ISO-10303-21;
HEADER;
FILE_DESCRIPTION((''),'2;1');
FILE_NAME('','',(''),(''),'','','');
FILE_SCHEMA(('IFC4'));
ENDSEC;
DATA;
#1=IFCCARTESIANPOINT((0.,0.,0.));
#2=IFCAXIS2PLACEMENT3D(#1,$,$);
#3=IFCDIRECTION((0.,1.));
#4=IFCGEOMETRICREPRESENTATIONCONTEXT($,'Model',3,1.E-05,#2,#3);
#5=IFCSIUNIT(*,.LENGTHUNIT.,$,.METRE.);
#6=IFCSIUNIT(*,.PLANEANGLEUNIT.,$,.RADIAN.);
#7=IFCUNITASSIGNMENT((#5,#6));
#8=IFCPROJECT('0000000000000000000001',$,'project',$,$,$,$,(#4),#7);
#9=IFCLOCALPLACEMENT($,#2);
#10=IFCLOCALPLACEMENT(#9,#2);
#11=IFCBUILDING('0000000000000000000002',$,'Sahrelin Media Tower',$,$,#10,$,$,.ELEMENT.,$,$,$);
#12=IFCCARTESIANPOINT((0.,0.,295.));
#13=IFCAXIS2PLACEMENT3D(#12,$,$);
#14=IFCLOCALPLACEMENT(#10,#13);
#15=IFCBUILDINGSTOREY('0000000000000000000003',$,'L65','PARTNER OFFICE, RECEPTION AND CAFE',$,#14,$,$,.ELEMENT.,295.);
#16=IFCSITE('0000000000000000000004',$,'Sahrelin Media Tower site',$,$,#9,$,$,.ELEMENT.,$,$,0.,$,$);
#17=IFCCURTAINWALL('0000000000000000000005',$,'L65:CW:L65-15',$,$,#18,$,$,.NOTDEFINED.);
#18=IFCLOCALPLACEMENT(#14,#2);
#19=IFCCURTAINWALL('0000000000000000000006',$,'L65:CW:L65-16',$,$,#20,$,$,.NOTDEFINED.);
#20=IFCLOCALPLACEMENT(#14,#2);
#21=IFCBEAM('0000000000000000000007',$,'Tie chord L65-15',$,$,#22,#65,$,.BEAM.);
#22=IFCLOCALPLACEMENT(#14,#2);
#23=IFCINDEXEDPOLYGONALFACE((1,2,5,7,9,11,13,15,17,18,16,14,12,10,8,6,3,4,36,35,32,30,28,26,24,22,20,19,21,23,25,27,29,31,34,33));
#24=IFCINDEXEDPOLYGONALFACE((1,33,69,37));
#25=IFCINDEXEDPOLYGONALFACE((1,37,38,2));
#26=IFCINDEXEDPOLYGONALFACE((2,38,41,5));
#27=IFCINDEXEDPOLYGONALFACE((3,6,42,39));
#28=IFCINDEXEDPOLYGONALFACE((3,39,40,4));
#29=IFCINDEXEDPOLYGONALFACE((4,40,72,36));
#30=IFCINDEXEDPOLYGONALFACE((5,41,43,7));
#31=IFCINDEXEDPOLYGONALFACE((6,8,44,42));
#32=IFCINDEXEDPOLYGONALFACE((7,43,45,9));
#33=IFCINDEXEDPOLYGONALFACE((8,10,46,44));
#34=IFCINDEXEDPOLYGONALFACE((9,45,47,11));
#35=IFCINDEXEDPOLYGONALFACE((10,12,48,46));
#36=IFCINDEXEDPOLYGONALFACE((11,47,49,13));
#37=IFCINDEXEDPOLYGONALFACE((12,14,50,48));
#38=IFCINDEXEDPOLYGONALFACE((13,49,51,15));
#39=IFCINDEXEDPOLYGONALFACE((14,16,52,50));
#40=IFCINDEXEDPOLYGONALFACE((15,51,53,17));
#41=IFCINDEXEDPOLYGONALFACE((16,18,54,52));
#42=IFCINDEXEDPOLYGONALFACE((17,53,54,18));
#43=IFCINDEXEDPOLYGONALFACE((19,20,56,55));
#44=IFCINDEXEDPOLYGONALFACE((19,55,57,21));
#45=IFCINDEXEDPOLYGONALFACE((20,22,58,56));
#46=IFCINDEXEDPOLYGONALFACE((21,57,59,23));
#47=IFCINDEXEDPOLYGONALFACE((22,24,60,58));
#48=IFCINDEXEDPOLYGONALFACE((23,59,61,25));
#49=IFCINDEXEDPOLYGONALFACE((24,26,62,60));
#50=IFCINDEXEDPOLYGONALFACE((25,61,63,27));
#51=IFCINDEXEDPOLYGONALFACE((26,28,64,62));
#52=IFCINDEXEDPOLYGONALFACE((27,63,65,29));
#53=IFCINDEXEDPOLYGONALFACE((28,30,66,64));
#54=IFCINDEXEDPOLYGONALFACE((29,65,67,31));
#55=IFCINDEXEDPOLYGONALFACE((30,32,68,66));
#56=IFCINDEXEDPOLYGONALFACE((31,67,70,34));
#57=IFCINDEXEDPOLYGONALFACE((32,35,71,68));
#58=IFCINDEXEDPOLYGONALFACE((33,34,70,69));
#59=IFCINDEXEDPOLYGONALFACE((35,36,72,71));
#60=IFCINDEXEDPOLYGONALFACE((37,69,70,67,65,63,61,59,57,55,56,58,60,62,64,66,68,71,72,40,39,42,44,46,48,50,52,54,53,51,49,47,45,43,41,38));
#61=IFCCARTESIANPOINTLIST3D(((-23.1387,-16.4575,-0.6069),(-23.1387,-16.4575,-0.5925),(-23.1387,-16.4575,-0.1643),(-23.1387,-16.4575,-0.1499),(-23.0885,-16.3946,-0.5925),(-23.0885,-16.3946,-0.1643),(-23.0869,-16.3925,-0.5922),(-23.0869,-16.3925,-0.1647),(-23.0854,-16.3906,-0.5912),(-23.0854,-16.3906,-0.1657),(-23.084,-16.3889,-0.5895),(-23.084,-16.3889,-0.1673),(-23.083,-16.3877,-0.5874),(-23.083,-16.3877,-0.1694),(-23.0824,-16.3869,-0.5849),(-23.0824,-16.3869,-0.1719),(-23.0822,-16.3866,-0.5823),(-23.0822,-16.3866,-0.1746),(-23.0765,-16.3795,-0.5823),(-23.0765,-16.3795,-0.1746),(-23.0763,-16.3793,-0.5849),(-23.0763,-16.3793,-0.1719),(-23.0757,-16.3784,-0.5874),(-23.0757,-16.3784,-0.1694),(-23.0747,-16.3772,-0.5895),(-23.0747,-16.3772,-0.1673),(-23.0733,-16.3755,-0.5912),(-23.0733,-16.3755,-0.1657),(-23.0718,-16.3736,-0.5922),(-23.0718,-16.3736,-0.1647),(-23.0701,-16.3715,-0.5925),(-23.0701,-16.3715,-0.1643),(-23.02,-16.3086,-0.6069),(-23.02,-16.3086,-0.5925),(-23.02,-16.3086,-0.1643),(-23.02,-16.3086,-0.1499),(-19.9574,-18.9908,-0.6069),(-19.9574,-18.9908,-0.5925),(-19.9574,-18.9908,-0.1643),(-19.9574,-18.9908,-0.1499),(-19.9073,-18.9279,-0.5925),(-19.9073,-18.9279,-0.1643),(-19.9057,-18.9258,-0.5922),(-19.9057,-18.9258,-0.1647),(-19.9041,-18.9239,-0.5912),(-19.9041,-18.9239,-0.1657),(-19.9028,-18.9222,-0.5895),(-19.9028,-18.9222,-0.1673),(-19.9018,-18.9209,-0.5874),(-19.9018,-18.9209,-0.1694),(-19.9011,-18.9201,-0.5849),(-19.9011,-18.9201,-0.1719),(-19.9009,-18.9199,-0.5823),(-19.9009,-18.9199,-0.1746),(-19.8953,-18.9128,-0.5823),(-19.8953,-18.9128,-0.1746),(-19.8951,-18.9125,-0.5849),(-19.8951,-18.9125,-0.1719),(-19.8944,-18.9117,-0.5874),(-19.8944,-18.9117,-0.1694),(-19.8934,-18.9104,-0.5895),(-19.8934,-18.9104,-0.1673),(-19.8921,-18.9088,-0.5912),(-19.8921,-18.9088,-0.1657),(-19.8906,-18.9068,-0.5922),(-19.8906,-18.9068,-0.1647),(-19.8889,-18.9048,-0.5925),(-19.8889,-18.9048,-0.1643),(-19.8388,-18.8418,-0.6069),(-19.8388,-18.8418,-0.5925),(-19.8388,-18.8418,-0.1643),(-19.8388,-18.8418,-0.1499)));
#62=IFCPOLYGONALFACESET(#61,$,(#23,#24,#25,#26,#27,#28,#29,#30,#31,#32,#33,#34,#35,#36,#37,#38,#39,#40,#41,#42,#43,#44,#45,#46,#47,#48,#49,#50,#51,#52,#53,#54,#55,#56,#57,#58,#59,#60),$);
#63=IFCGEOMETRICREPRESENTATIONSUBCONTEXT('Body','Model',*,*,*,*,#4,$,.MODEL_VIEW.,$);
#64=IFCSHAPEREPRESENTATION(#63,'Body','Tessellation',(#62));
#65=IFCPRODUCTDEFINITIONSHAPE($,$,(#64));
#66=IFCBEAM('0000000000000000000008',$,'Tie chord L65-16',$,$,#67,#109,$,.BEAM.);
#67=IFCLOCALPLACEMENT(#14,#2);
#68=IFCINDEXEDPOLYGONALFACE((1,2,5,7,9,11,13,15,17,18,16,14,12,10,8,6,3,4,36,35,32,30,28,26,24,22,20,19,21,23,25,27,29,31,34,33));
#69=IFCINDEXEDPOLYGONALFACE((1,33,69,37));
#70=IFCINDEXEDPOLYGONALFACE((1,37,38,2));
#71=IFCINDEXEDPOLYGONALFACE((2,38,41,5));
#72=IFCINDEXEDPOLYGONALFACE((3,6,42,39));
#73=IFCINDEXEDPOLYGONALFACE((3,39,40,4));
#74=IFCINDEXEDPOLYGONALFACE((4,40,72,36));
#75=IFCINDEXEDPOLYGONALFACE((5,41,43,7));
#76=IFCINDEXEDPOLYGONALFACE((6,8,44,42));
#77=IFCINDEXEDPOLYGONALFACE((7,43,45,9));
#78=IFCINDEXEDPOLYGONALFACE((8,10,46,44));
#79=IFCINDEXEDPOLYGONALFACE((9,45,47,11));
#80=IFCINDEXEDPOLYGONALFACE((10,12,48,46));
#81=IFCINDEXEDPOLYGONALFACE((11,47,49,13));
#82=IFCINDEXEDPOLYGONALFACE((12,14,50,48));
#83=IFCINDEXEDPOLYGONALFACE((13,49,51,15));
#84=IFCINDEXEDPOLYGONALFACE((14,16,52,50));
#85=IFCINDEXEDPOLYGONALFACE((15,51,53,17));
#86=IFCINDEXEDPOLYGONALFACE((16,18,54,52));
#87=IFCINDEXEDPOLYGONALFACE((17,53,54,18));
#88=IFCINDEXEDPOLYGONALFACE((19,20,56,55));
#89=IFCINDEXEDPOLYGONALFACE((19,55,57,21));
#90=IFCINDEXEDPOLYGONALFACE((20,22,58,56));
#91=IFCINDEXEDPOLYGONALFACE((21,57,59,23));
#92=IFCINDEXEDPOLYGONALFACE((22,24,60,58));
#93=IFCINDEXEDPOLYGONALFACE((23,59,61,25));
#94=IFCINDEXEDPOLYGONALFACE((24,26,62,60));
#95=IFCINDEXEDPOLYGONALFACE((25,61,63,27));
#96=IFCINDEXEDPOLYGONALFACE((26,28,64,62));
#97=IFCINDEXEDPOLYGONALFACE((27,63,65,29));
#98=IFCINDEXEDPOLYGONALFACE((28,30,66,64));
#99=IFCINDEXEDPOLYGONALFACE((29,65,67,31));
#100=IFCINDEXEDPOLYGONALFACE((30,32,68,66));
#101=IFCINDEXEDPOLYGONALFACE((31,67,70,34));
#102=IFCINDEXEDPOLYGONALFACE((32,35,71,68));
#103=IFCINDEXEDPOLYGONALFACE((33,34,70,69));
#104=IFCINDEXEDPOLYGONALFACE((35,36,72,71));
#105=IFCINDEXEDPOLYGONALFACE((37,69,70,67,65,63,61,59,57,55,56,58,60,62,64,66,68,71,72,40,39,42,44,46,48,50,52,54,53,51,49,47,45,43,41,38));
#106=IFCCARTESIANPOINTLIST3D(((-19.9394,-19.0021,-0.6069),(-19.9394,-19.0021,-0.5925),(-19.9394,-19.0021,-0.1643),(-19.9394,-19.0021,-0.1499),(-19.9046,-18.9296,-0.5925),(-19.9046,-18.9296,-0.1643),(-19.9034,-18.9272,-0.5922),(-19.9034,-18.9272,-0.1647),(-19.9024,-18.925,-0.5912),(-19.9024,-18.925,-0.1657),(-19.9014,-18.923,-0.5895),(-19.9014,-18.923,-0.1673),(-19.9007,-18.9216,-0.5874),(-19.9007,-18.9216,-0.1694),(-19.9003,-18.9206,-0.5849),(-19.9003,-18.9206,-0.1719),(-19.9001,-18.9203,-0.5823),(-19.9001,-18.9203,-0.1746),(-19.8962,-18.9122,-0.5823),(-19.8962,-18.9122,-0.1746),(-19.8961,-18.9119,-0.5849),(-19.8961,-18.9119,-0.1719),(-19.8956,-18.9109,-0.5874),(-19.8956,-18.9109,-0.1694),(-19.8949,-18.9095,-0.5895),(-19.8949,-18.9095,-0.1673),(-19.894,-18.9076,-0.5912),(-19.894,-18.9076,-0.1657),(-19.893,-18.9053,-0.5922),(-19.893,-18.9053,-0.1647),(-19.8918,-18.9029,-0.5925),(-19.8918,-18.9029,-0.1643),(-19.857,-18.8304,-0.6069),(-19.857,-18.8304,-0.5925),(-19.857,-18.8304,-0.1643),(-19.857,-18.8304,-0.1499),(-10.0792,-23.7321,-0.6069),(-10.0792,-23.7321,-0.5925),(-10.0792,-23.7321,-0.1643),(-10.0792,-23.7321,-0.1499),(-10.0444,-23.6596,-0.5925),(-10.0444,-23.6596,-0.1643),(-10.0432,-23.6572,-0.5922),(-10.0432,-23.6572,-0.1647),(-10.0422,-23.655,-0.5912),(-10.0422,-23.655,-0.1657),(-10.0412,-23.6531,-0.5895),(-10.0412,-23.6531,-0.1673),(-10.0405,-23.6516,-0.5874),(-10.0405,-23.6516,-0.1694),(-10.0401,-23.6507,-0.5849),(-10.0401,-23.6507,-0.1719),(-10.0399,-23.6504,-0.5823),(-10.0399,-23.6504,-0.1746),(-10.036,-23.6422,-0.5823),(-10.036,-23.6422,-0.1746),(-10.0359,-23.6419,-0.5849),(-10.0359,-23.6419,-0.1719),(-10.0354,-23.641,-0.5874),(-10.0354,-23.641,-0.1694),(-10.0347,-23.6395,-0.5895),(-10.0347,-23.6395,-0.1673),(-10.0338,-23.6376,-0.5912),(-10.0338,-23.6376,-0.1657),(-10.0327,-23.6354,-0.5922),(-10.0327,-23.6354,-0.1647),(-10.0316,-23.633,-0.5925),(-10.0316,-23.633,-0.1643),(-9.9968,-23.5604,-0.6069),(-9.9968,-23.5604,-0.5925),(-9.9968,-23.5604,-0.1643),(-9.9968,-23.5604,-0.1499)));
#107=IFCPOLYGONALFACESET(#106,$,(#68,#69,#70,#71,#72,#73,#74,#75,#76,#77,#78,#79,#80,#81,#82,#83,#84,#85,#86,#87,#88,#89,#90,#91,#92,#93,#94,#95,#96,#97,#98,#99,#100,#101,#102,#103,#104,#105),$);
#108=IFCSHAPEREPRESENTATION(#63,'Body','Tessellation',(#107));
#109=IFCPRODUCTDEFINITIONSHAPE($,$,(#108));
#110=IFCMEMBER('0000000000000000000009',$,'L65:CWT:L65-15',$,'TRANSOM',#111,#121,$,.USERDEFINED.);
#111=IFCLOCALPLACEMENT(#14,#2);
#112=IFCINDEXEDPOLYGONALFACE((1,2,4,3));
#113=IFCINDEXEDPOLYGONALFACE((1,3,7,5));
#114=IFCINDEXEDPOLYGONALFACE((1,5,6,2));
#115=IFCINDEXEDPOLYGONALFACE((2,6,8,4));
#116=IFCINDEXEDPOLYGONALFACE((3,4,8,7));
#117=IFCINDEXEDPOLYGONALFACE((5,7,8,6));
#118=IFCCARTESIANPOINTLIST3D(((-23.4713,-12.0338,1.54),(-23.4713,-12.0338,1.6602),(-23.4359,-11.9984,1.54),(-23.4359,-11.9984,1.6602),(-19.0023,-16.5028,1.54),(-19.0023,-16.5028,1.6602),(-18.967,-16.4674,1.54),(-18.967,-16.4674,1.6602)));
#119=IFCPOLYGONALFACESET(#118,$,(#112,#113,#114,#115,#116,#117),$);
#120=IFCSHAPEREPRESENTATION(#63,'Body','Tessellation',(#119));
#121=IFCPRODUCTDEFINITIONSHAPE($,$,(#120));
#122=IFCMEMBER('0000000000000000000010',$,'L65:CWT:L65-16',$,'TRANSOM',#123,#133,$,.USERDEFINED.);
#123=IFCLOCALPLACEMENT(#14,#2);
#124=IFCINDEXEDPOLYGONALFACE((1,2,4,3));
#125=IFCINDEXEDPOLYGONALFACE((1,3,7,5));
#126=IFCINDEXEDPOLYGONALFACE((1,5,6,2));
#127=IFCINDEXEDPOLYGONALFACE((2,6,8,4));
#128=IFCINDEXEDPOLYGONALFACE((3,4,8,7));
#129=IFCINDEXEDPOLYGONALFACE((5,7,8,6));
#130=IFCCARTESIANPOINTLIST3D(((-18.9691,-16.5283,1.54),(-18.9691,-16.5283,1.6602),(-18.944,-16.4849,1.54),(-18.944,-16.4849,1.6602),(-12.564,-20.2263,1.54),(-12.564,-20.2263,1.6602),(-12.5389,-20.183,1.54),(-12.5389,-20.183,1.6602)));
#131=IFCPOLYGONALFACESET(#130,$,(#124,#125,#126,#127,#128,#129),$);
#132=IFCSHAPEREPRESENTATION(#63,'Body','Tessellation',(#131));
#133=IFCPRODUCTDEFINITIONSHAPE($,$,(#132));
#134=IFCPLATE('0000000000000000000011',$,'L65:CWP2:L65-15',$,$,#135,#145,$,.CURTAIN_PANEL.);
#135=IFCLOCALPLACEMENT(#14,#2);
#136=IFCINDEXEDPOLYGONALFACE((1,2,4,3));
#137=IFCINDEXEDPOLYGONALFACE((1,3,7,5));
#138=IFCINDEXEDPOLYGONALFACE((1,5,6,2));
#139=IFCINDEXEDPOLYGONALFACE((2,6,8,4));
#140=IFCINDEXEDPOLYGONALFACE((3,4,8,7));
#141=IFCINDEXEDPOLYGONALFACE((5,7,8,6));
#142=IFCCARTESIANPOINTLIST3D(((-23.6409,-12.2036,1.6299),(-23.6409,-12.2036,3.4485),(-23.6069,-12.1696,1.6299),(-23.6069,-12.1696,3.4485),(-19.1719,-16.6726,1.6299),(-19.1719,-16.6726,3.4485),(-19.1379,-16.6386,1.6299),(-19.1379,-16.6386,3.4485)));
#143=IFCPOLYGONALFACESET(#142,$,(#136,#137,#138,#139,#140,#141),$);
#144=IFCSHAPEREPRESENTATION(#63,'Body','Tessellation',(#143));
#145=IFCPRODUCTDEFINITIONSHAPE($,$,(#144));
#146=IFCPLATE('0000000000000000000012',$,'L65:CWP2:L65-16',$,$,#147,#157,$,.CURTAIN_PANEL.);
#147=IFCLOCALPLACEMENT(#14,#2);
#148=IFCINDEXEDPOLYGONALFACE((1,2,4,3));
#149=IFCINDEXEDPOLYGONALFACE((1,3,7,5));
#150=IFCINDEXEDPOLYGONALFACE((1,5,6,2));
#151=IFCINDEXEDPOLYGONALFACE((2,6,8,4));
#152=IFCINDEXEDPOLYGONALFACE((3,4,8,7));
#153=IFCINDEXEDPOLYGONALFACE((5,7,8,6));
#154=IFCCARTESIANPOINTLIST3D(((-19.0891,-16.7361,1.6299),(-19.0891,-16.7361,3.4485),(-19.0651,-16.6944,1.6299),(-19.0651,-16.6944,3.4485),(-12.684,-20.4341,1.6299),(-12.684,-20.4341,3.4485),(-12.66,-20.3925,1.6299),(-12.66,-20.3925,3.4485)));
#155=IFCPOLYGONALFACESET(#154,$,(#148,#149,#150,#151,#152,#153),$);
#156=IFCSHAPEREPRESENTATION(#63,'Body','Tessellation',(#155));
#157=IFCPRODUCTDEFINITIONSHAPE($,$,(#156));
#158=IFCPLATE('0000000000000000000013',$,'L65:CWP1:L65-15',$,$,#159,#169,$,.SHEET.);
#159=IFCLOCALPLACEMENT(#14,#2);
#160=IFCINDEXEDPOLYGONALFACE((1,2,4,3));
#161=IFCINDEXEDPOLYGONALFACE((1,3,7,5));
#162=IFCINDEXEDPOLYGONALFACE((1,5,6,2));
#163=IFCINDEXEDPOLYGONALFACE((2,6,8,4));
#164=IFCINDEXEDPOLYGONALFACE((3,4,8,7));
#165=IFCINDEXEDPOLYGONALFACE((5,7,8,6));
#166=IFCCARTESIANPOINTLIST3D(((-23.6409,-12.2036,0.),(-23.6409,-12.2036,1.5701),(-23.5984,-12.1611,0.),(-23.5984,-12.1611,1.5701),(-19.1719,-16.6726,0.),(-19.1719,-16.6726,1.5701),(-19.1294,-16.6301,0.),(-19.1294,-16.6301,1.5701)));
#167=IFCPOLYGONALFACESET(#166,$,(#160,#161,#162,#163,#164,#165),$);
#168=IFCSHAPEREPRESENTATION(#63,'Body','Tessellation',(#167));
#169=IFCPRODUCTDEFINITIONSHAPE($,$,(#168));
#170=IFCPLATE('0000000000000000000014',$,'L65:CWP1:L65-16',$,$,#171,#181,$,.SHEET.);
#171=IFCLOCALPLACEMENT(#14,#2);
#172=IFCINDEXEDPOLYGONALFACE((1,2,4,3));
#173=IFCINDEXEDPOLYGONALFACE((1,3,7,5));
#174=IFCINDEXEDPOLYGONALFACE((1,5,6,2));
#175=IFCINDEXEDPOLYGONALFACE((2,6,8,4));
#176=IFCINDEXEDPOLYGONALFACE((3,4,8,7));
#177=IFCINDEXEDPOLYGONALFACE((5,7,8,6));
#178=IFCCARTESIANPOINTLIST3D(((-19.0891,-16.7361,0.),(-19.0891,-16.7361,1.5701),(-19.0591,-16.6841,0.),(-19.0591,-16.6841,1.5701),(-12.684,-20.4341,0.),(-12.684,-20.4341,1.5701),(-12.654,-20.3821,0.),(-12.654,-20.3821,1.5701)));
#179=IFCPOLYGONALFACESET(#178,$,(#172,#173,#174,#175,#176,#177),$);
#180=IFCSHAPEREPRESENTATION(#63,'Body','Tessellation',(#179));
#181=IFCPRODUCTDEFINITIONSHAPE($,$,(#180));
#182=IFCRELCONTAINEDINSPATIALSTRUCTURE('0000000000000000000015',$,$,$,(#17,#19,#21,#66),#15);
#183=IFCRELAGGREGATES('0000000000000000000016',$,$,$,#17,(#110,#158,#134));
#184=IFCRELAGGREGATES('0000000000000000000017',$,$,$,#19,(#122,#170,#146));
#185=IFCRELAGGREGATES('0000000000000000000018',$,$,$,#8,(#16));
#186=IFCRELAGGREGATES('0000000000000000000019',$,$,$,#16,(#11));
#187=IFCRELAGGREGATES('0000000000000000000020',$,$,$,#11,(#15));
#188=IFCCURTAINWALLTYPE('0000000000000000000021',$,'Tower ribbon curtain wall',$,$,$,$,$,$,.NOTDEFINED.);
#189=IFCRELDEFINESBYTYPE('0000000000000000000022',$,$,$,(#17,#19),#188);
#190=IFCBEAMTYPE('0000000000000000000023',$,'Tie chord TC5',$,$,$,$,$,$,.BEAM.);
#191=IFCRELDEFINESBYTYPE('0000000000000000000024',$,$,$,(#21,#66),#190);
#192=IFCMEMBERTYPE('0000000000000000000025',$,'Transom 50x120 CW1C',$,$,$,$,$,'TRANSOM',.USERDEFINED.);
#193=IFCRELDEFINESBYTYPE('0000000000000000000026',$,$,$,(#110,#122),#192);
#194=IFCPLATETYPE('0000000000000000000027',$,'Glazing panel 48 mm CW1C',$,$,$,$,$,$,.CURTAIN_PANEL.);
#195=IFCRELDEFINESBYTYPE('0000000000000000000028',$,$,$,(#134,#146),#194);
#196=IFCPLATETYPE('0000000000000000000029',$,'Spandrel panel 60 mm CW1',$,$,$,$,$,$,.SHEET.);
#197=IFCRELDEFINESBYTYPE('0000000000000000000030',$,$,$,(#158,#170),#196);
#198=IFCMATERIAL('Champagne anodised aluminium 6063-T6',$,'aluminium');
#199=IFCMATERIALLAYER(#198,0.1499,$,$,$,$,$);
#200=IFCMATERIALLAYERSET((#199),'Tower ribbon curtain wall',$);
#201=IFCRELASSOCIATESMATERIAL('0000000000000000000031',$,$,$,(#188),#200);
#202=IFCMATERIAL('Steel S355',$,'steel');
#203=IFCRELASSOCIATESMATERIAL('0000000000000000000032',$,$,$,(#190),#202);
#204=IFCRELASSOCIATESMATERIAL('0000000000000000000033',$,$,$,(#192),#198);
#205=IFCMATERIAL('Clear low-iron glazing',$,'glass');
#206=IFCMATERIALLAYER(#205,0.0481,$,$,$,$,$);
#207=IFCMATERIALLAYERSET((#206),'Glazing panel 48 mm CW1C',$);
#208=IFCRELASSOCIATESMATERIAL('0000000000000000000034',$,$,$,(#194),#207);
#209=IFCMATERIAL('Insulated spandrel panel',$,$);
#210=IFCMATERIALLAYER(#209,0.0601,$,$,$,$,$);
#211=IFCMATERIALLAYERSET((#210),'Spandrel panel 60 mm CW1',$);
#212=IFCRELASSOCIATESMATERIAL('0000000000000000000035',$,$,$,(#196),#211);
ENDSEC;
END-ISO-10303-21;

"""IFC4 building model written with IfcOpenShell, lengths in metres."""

from ifc_helpers import new_model, si_unit, direction, frame, origin, origin_2d, place, context, subcontext, project, spatial, polyline, rectangle, i_section, outline, extrude, material, layer, layer_set, material_profile, profile_set, type_object, element, aggregate, save


model = new_model("IFC4")

# Units and contexts
model_context = context("Model", 3, precision=1e-05, world=origin(), true_north=direction((0.0, 1.0)))
body_context = subcontext(model_context, "Body", "Model", "MODEL_VIEW")
ifc_project = project(units=[si_unit("LENGTHUNIT", "METRE"), si_unit("PLANEANGLEUNIT", "RADIAN")], contexts=[model_context])

# Site, building, storey
site_placement = place(None, origin())
site = spatial("IfcSite", under=ifc_project, at=site_placement, Name="Sahrelin Media Tower site", CompositionType="ELEMENT", RefElevation=0.0)
building_placement = place(site_placement, origin())
building = spatial("IfcBuilding", under=site, at=building_placement, Name="Sahrelin Media Tower", CompositionType="ELEMENT")
storey_placement = place(building_placement, frame((0.0, 0.0, 295.0)))
storey = spatial("IfcBuildingStorey", under=building, at=storey_placement, Name="L65", Description="PARTNER OFFICE, RECEPTION AND CAFE", CompositionType="ELEMENT", Elevation=295.0)

# Shared definitions
ifc_material_1 = material(Name="Steel S355", Category="steel")

# Curtain walls
ifc_material_2 = material(Name="Champagne anodised aluminium 6063-T6", Category="aluminium")
ifc_layer_1 = layer(ifc_material_2, 0.1499)
ifc_layer_set_1 = layer_set([ifc_layer_1], Name="Tower ribbon curtain wall")
curtain_wall_type = type_object("IfcCurtainWallType", Name="Tower ribbon curtain wall", PredefinedType="NOTDEFINED", material=ifc_layer_set_1)
curtain_wall_1_placement = place(storey_placement, frame((-21.3923, -14.4238, 0.0), z_axis=(0.0, 0.0, 1.0), x_axis=(1.0, 0.0, 0.0)))
curtain_wall_1 = element("IfcCurtainWall", 1, at=curtain_wall_1_placement, inside=storey, type_object=curtain_wall_type, Name="L65:CW:L65-15", PredefinedType="NOTDEFINED")
curtain_wall_2_placement = place(storey_placement, frame((-15.8765, -18.5676, 0.0), z_axis=(0.0, 0.0, 1.0), x_axis=(1.0, 0.0, 0.0)))
curtain_wall_2 = element("IfcCurtainWall", 2, at=curtain_wall_2_placement, inside=storey, type_object=curtain_wall_type, Name="L65:CW:L65-16", PredefinedType="NOTDEFINED")

# Beams
ifc_material_profile_1 = material_profile(ifc_material_1, i_section(OverallWidth=0.1904, OverallDepth=0.457, WebThickness=0.009, FlangeThickness=0.0144, FilletRadius=0.0103, at=origin_2d()), Name="UB 457x191x74")
ifc_profile_set_1 = profile_set([ifc_material_profile_1], Name="Steel S355")
beam_type_1 = type_object("IfcBeamType", Name="Tie chord TC5", PredefinedType="BEAM", material=ifc_profile_set_1)
beam_1_placement = place(storey_placement, frame((-23.0793, -16.3831, -0.3784), z_axis=(0.782273, -0.622936, 0.0), x_axis=(0.622936, 0.782273, 0.0)))
element("IfcBeam", 3, at=beam_1_placement, inside=storey, type_object=beam_type_1, Name="Tie chord L65-15", PredefinedType="BEAM", context=body_context, shape_type="SweptSolid", body=[
    extrude(i_section(OverallWidth=0.1904, OverallDepth=0.457, WebThickness=0.009, FlangeThickness=0.0144, FilletRadius=0.0103, at=origin_2d()), origin(), (0.0, 0.0, 1.0), 4.0667),
])
beam_2_placement = place(storey_placement, frame((-19.8982, -18.9163, -0.3784), z_axis=(0.901625, -0.432518, 0.0), x_axis=(0.432518, 0.901625, 0.0)))
element("IfcBeam", 4, at=beam_2_placement, inside=storey, type_object=beam_type_1, Name="Tie chord L65-16", PredefinedType="BEAM", context=body_context, shape_type="SweptSolid", body=[
    extrude(i_section(OverallWidth=0.1904, OverallDepth=0.457, WebThickness=0.009, FlangeThickness=0.0144, FilletRadius=0.0103, at=origin_2d()), origin(), (0.0, 0.0, 1.0), 10.936),
])

# Members
ifc_material_profile_2 = material_profile(ifc_material_2, rectangle(XDim=0.05, YDim=0.1201, at=origin_2d()), Name="Transom 50x120")
ifc_profile_set_2 = profile_set([ifc_material_profile_2], Name="Champagne anodised aluminium 6063-T6")
member_type_1 = type_object("IfcMemberType", Name="Transom 50x120 CW1C", ElementType="TRANSOM", PredefinedType="USERDEFINED", material=ifc_profile_set_2)
member_1_placement = place(storey_placement, frame((-23.4536, -12.0161, 1.6001), z_axis=(0.707107, -0.707107, 0.0), x_axis=(0.707107, 0.707107, 0.0)))
member_1 = element("IfcMember", 5, at=member_1_placement, type_object=member_type_1, Name="L65:CWT:L65-15", ObjectType="TRANSOM", PredefinedType="USERDEFINED", context=body_context, shape_type="SweptSolid", body=[
    extrude(rectangle(XDim=0.05, YDim=0.1201, at=origin_2d()), origin(), (0.0, 0.0, 1.0), 6.3201),
])
member_2_placement = place(storey_placement, frame((-18.9565, -16.5066, 1.6001), z_axis=(0.866022, -0.500005, 0.0), x_axis=(0.500005, 0.866022, 0.0)))
member_2 = element("IfcMember", 6, at=member_2_placement, type_object=member_type_1, Name="L65:CWT:L65-16", ObjectType="TRANSOM", PredefinedType="USERDEFINED", context=body_context, shape_type="SweptSolid", body=[
    extrude(rectangle(XDim=0.05, YDim=0.1201, at=origin_2d()), origin(), (0.0, 0.0, 1.0), 7.396),
])

# Plates
ifc_material_3 = material(Name="Clear low-iron glazing", Category="glass")
ifc_layer_2 = layer(ifc_material_3, 0.0481)
ifc_layer_set_2 = layer_set([ifc_layer_2], Name="Glazing panel 48 mm CW1C")
plate_type_1 = type_object("IfcPlateType", Name="Glazing panel 48 mm CW1C", PredefinedType="CURTAIN_PANEL", material=ifc_layer_set_2)
plate_1_placement = place(storey_placement, frame((-23.6409, -12.2036, 1.6299), z_axis=(-0.707107, -0.707107, 0.0), x_axis=(0.707107, -0.707107, 0.0)))
plate_1 = element("IfcPlate", 7, at=plate_1_placement, type_object=plate_type_1, Name="L65:CWP2:L65-15", PredefinedType="CURTAIN_PANEL", context=body_context, shape_type="SweptSolid", body=[
    extrude(outline(polyline([(0.0, 0.0), (6.3201, 0.0), (6.3201, 1.8186), (0.0, 1.8186), (0.0, 0.0)])), origin(), (0.0, 0.0, -1.0), 0.0481),
])
plate_2_placement = place(storey_placement, frame((-19.0891, -16.7361, 1.6299), z_axis=(-0.500005, -0.866022, 0.0), x_axis=(0.866022, -0.500005, 0.0)))
plate_2 = element("IfcPlate", 8, at=plate_2_placement, type_object=plate_type_1, Name="L65:CWP2:L65-16", PredefinedType="CURTAIN_PANEL", context=body_context, shape_type="SweptSolid", body=[
    extrude(outline(polyline([(0.0, 0.0), (7.396, 0.0), (7.396, 1.8186), (0.0, 1.8186), (0.0, 0.0)])), origin(), (0.0, 0.0, -1.0), 0.0481),
])
ifc_material_4 = material(Name="Insulated spandrel panel")
ifc_layer_3 = layer(ifc_material_4, 0.0601)
ifc_layer_set_3 = layer_set([ifc_layer_3], Name="Spandrel panel 60 mm CW1")
plate_type_2 = type_object("IfcPlateType", Name="Spandrel panel 60 mm CW1", PredefinedType="SHEET", material=ifc_layer_set_3)
plate_3_placement = place(storey_placement, frame((-23.6409, -12.2036, 0.0), z_axis=(-0.707107, -0.707107, 0.0), x_axis=(0.707107, -0.707107, 0.0)))
plate_3 = element("IfcPlate", 9, at=plate_3_placement, type_object=plate_type_2, Name="L65:CWP1:L65-15", PredefinedType="SHEET", context=body_context, shape_type="SweptSolid", body=[
    extrude(outline(polyline([(0.0, 0.0), (6.3201, 0.0), (6.3201, 1.5701), (0.0, 1.5701), (0.0, 0.0)])), origin(), (0.0, 0.0, -1.0), 0.0601),
])
aggregate(curtain_wall_1, [member_1, plate_3, plate_1])
plate_4_placement = place(storey_placement, frame((-19.0891, -16.7361, 0.0), z_axis=(-0.500005, -0.866022, 0.0), x_axis=(0.866022, -0.500005, 0.0)))
plate_4 = element("IfcPlate", 10, at=plate_4_placement, type_object=plate_type_2, Name="L65:CWP1:L65-16", PredefinedType="SHEET", context=body_context, shape_type="SweptSolid", body=[
    extrude(outline(polyline([(0.0, 0.0), (7.396, 0.0), (7.396, 1.5701), (0.0, 1.5701), (0.0, 0.0)])), origin(), (0.0, 0.0, -1.0), 0.0601),
])
aggregate(curtain_wall_2, [member_2, plate_4, plate_2])

save(model, "model.ifc")
